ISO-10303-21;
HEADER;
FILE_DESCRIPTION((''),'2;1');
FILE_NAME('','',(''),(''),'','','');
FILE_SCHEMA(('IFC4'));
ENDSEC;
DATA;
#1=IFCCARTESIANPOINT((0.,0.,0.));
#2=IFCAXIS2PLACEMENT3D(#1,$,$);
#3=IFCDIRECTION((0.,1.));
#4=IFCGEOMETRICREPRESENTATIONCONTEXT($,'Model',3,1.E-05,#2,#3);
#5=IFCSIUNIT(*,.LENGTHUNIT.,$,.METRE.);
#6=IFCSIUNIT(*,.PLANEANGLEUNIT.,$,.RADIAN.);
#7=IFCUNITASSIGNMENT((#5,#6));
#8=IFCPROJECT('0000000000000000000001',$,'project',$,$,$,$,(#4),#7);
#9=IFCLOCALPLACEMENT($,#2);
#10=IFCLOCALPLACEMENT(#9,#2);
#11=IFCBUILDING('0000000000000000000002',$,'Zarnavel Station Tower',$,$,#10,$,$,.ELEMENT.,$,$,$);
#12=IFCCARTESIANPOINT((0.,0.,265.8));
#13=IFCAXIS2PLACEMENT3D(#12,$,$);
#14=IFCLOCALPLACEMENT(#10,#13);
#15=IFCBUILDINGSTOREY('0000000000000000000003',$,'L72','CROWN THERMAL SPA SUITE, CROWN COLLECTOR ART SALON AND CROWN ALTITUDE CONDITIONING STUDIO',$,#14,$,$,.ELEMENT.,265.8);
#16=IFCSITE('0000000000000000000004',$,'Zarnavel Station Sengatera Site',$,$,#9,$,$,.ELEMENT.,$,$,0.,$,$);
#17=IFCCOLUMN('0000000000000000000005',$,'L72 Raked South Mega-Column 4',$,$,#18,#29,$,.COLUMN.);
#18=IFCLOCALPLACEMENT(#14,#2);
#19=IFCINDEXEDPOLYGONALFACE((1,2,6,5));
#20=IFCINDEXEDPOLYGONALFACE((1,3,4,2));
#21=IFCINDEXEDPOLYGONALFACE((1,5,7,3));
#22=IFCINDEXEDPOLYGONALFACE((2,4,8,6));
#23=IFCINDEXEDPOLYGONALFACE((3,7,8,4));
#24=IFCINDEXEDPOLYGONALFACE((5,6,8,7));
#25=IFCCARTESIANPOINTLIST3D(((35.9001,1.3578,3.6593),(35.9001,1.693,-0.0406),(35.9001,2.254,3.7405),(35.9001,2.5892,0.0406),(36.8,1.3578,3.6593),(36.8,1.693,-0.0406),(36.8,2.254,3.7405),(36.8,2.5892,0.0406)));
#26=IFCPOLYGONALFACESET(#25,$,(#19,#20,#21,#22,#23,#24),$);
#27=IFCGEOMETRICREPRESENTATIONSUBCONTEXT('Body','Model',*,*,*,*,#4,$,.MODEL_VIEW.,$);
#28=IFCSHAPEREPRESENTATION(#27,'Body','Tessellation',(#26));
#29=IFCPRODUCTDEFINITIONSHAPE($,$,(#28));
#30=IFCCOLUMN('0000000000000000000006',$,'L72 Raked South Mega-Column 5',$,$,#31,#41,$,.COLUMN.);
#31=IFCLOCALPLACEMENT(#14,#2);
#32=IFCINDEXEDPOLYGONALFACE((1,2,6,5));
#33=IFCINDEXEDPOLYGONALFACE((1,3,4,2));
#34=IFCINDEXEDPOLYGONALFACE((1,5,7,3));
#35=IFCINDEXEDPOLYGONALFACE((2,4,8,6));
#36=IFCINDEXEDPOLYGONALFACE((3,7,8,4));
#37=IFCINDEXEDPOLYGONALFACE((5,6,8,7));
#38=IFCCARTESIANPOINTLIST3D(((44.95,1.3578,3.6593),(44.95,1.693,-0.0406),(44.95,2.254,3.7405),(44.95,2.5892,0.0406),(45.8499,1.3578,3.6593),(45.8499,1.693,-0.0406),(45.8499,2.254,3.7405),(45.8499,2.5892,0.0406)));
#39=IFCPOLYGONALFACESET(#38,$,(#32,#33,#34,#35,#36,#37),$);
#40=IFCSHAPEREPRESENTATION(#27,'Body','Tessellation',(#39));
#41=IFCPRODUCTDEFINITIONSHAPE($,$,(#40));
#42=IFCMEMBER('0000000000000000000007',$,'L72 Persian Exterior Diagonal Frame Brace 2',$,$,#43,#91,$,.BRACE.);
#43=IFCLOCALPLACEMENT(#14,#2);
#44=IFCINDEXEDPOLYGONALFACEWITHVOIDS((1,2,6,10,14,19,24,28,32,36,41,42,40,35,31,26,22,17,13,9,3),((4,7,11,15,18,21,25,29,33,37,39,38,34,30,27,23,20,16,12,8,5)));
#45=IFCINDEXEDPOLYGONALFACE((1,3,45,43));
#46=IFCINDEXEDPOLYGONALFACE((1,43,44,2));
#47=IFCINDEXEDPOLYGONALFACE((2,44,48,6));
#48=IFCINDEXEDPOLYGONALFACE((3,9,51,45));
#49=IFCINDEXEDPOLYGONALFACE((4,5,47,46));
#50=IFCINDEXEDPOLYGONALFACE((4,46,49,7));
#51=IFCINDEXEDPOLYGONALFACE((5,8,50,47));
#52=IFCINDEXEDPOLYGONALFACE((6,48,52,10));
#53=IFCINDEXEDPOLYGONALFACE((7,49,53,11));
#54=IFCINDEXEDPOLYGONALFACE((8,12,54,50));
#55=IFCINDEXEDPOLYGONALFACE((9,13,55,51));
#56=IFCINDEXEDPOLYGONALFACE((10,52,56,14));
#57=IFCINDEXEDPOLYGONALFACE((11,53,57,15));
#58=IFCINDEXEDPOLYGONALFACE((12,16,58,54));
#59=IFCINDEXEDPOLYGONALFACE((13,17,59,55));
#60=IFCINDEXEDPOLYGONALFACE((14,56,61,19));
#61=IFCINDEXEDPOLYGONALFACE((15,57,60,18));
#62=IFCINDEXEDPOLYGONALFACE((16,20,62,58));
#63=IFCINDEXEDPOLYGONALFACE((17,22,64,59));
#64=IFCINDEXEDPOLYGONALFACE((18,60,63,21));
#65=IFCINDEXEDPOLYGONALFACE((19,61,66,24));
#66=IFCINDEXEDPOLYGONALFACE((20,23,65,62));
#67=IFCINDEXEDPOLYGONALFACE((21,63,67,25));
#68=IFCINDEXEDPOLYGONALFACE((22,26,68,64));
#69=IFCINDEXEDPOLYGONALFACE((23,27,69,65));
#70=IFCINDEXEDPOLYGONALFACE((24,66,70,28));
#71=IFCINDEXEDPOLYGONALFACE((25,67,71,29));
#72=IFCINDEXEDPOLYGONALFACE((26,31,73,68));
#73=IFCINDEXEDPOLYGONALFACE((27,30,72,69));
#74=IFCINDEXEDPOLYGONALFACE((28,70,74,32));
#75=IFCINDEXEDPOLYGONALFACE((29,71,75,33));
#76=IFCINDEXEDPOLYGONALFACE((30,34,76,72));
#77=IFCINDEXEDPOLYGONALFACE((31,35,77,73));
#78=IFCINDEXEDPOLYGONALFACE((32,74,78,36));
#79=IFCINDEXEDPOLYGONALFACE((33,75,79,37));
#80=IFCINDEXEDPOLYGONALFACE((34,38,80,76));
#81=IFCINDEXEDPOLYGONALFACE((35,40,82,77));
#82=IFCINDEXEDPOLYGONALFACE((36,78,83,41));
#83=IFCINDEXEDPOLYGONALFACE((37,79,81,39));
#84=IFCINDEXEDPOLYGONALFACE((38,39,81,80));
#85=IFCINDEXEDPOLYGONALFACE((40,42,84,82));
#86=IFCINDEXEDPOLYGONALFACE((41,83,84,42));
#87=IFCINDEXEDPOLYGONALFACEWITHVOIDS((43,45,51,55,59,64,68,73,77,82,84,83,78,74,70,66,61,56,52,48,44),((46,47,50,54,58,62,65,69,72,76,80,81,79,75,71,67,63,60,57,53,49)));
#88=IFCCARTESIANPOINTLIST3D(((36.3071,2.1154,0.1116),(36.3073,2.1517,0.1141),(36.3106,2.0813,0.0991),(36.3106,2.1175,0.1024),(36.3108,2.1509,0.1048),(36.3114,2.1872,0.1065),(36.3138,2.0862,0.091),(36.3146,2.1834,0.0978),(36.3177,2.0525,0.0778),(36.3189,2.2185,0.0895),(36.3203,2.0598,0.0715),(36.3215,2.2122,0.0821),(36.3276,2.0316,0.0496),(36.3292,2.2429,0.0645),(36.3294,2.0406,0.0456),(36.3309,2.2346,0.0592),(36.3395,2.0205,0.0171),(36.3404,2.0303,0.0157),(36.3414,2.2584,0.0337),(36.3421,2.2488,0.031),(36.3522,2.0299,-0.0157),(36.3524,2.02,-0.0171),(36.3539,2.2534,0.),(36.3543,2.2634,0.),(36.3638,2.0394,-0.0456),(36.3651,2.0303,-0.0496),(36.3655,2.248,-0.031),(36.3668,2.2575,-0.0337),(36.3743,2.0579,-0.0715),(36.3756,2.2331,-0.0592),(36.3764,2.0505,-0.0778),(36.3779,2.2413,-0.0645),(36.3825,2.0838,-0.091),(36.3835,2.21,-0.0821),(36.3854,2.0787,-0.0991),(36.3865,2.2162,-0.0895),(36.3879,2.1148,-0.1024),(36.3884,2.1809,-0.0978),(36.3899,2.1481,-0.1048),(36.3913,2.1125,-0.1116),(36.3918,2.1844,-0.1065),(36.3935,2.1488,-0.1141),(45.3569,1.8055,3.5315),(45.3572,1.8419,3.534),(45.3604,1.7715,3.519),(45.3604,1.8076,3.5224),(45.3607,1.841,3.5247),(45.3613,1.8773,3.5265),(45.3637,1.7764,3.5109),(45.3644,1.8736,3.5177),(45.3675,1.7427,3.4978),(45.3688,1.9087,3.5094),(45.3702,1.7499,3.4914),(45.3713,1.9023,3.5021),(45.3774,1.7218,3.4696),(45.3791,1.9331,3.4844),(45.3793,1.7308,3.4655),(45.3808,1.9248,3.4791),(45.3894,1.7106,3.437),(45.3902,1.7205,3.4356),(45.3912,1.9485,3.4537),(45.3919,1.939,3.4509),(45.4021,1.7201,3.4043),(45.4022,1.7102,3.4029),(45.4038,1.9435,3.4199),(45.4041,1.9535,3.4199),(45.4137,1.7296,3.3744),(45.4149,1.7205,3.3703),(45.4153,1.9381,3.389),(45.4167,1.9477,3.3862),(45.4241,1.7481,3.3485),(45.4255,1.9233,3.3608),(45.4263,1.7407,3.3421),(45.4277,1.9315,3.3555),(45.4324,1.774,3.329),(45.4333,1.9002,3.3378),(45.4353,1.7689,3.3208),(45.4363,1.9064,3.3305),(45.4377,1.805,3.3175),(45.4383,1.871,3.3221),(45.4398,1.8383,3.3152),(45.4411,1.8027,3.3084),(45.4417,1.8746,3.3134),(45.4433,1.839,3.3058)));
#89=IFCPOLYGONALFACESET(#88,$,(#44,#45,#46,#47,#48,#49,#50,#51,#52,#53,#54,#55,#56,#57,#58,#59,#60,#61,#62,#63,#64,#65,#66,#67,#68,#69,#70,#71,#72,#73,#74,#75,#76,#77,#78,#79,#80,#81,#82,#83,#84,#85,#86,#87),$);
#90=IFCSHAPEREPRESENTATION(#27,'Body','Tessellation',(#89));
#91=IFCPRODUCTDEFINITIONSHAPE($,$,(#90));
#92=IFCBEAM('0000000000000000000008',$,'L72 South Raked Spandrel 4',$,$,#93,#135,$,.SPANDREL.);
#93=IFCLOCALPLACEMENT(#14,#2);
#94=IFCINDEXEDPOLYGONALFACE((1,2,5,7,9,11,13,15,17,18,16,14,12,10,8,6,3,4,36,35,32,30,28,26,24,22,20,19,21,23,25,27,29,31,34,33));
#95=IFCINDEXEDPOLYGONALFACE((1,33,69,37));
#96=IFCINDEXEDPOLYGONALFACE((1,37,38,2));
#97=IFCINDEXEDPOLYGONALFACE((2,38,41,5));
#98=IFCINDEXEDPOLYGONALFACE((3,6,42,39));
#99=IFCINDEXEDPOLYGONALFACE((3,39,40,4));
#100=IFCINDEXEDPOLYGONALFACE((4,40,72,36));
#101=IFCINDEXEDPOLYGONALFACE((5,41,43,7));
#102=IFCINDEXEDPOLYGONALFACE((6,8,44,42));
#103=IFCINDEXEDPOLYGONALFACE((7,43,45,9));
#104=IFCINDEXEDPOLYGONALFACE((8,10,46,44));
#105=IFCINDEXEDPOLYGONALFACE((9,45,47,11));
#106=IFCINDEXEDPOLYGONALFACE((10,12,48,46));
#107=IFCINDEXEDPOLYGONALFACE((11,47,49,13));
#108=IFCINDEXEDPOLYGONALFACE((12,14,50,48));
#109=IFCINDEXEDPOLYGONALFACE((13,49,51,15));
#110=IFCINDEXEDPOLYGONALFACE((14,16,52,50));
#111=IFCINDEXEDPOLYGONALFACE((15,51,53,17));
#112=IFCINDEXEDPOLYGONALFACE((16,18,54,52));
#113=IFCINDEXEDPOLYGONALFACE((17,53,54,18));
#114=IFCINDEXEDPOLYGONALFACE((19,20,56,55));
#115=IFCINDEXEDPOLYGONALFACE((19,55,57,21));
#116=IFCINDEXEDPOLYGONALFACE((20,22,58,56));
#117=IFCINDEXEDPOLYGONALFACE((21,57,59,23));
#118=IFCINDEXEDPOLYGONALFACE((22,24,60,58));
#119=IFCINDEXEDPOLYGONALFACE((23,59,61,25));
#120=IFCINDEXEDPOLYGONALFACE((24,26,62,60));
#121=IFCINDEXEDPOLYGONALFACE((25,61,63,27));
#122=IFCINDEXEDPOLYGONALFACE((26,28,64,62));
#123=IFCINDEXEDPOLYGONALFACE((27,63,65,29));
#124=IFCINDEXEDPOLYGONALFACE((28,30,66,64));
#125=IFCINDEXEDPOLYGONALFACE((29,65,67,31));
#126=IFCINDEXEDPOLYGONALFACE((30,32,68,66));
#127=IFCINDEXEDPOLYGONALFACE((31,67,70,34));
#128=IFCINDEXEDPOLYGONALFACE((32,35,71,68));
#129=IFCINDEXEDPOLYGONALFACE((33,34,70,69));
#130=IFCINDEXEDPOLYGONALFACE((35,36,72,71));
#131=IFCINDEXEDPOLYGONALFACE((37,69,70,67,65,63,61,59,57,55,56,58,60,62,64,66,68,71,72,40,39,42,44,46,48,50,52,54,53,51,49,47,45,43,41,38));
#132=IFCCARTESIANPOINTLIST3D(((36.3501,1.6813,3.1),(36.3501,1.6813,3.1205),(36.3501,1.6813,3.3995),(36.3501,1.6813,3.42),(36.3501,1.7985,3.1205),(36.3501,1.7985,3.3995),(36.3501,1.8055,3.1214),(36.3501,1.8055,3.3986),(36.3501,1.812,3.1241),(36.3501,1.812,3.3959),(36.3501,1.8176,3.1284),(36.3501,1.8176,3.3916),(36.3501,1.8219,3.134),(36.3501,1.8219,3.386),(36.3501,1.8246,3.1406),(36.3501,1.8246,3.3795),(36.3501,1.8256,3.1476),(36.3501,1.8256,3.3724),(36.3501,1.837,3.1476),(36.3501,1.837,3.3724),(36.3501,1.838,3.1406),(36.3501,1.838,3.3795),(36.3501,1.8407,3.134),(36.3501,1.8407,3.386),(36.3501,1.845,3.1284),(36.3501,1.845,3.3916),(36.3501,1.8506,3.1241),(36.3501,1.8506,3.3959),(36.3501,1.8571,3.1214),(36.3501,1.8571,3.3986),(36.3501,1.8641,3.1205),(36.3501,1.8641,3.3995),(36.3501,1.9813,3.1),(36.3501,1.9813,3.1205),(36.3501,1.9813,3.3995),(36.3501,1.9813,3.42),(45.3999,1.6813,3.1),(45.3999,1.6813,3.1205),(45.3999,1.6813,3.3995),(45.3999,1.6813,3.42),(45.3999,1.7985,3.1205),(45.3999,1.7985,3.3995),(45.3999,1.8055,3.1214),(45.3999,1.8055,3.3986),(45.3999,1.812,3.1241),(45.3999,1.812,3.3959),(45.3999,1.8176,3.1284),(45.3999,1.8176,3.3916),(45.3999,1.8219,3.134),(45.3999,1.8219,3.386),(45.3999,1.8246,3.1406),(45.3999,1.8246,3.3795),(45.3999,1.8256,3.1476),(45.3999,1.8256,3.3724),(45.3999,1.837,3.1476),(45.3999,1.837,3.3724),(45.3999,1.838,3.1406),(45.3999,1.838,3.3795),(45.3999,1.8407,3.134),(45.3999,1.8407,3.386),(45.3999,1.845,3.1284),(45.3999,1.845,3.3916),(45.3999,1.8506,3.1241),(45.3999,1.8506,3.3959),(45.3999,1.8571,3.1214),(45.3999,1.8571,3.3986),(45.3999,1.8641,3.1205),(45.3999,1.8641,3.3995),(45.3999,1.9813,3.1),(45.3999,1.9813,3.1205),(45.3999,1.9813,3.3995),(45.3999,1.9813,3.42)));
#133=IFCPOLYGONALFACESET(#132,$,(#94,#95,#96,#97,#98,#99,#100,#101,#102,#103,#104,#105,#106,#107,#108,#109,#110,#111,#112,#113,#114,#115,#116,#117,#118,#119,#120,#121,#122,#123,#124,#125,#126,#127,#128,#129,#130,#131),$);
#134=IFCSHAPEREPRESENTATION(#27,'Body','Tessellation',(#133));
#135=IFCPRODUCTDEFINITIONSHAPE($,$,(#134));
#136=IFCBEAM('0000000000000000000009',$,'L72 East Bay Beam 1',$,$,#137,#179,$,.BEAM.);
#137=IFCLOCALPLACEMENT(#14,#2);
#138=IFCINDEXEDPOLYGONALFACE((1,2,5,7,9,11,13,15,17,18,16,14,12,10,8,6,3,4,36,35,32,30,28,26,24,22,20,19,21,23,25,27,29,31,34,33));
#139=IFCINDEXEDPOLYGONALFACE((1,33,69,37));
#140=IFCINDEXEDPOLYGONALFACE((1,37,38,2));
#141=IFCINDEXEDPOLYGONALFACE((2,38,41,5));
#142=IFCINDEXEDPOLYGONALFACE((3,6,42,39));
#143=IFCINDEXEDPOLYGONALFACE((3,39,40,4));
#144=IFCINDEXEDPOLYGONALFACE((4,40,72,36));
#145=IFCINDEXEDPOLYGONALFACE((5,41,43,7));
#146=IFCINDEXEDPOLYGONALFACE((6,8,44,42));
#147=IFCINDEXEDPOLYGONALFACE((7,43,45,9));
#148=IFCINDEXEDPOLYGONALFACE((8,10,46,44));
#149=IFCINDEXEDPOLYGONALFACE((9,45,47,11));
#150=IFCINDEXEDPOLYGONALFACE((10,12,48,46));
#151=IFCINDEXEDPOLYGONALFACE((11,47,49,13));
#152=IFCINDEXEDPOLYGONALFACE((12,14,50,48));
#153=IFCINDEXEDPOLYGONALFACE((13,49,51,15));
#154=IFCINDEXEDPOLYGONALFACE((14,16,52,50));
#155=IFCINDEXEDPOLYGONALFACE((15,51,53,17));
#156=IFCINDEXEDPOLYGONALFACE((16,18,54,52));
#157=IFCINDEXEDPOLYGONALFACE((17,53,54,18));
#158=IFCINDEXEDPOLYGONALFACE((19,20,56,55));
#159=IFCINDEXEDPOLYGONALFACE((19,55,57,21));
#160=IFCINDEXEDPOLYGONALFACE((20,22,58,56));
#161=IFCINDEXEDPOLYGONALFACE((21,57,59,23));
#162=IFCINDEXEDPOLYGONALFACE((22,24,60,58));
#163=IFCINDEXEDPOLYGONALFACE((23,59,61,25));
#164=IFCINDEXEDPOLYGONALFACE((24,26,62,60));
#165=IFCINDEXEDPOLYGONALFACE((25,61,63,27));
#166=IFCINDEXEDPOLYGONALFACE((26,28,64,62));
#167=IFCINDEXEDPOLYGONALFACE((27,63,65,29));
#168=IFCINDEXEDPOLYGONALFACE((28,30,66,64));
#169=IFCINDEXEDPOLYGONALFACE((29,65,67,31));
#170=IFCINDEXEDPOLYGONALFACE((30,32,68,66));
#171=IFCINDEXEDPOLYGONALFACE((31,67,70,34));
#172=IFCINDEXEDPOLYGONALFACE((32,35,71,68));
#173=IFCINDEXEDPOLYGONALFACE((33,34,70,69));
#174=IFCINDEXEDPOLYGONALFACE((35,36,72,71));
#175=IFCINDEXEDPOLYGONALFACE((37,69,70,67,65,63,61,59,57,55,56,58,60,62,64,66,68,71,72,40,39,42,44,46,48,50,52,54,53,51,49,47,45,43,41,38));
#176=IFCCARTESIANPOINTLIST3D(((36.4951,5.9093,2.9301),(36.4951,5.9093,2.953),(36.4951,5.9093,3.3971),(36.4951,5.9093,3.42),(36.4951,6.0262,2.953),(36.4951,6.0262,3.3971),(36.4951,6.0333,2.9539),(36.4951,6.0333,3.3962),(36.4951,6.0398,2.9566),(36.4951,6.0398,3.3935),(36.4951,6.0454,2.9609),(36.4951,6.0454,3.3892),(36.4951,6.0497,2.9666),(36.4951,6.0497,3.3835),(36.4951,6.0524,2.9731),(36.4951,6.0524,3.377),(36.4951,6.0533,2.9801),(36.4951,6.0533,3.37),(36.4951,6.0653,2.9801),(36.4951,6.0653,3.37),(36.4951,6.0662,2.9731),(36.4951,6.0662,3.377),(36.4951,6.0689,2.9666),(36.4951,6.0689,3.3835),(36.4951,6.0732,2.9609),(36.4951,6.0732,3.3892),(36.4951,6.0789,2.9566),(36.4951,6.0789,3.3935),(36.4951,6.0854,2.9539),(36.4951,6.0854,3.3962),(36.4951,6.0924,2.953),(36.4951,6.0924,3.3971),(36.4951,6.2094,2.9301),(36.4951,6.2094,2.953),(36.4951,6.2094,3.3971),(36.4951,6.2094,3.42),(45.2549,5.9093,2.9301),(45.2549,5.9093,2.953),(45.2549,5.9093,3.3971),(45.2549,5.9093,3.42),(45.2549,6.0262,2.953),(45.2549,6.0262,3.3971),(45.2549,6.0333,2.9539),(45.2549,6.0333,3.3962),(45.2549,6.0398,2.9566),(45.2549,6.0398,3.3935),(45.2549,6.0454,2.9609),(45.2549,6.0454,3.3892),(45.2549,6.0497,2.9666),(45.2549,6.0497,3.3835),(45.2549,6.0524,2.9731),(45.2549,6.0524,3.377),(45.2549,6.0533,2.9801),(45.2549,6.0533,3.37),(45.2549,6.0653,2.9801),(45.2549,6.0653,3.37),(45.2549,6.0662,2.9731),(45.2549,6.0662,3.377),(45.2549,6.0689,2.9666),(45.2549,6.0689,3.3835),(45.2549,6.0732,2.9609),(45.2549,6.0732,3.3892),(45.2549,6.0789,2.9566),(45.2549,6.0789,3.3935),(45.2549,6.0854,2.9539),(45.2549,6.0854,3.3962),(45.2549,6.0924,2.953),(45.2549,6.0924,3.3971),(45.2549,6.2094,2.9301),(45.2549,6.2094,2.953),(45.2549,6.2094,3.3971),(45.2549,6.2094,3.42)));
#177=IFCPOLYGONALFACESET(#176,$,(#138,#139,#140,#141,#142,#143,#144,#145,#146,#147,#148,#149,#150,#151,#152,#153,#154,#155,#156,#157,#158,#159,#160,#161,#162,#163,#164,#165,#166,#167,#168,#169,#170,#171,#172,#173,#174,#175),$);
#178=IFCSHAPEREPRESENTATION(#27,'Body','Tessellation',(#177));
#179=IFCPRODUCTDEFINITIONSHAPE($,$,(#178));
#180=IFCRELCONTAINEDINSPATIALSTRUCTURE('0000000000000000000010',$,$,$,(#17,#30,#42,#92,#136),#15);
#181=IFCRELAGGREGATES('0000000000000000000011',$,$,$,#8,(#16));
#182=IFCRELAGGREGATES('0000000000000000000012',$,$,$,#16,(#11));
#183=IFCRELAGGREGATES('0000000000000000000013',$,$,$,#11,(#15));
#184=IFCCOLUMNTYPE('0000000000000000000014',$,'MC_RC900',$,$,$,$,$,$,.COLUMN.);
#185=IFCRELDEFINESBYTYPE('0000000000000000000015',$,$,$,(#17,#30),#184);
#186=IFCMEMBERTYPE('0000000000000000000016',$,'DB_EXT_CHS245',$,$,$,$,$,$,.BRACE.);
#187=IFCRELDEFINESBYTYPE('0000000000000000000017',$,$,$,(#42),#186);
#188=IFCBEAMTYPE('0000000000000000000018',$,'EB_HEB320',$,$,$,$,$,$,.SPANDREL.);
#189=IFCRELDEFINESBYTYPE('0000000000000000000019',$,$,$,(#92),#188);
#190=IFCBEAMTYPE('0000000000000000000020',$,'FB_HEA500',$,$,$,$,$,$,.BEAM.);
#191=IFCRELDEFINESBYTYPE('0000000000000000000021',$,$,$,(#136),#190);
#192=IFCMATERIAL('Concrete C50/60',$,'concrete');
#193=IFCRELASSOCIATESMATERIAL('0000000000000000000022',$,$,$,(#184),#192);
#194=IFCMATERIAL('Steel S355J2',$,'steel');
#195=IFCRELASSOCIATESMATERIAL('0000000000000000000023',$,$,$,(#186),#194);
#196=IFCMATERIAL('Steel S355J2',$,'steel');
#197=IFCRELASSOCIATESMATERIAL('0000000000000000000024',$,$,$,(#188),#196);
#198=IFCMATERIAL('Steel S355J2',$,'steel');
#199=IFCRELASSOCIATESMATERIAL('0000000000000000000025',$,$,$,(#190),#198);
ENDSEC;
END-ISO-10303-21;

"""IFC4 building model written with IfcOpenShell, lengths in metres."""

from ifc_helpers import new_model, si_unit, direction, frame, origin, origin_2d, place, context, subcontext, project, spatial, rectangle, hollow_circle, i_section, extrude, material, material_profile, profile_set, type_object, element, save


model = new_model("IFC4")

# Units and contexts
model_context = context("Model", 3, precision=1e-05, world=origin(), true_north=direction((0.0, 1.0)))
body_context = subcontext(model_context, "Body", "Model", "MODEL_VIEW")
ifc_project = project(units=[si_unit("LENGTHUNIT", "METRE"), si_unit("PLANEANGLEUNIT", "RADIAN")], contexts=[model_context])

# Site, building, storey
site_placement = place(None, origin())
site = spatial("IfcSite", under=ifc_project, at=site_placement, Name="Zarnavel Station Sengatera Site", CompositionType="ELEMENT", RefElevation=0.0)
building_placement = place(site_placement, origin())
building = spatial("IfcBuilding", under=site, at=building_placement, Name="Zarnavel Station Tower", CompositionType="ELEMENT")
storey_placement = place(building_placement, frame((0.0, 0.0, 265.8)))
storey = spatial("IfcBuildingStorey", under=building, at=storey_placement, Name="L72", Description="CROWN THERMAL SPA SUITE, CROWN COLLECTOR ART SALON AND CROWN ALTITUDE CONDITIONING STUDIO", CompositionType="ELEMENT", Elevation=265.8)

# Columns
ifc_material_1 = material(Name="Concrete C50/60", Category="concrete")
ifc_material_profile_1 = material_profile(ifc_material_1, rectangle(XDim=0.8999, YDim=0.8999, at=origin_2d()), Name="RC900x900")
ifc_profile_set_1 = profile_set([ifc_material_profile_1], Name="Concrete C50/60")
column_type = type_object("IfcColumnType", Name="MC_RC900", PredefinedType="COLUMN", material=ifc_profile_set_1)
for number, where, z_axis, x_axis, name in (
    (1, (36.3501, 2.1411, 0.0), (0.0, -0.090228, 0.995921), (1.0, 0.0, 0.0), "L72 Raked South Mega-Column 4"),
    (2, (45.3999, 2.1411, 0.0), (0.0, -0.090228, 0.995921), (1.0, 0.0, 0.0), "L72 Raked South Mega-Column 5"),
):
    element("IfcColumn", number, at=place(storey_placement, frame(where, z_axis=z_axis, x_axis=x_axis)), inside=storey, type_object=column_type, Name=name, PredefinedType="COLUMN", context=body_context, shape_type="SweptSolid", body=[
        extrude(rectangle(XDim=0.8999, YDim=0.8999, at=origin_2d()), origin(), (0.0, 0.0, 1.0), 3.7151),
    ])

# Member
ifc_material_2 = material(Name="Steel S355J2", Category="steel")
ifc_material_profile_2 = material_profile(ifc_material_2, hollow_circle(Radius=0.1223, WallThickness=0.01, at=origin_2d()), Name="CHS244.5x10")
ifc_profile_set_2 = profile_set([ifc_material_profile_2], Name="Steel S355J2")
member_type = type_object("IfcMemberType", Name="DB_EXT_CHS245", PredefinedType="BRACE", material=ifc_profile_set_2)
member_placement = place(storey_placement, frame((36.3501, 2.1411, 0.0), z_axis=(0.934955, -0.032008, 0.35332), x_axis=(0.034214, 0.999415, 0.0)))
element("IfcMember", 3, at=member_placement, inside=storey, type_object=member_type, Name="L72 Persian Exterior Diagonal Frame Brace 2", PredefinedType="BRACE", context=body_context, shape_type="SweptSolid", body=[
    extrude(hollow_circle(Radius=0.1223, WallThickness=0.01, at=origin_2d()), origin(), (0.0, 0.0, 1.0), 9.6794),
])

# Beams
ifc_material_3 = material(Name="Steel S355J2", Category="steel")
ifc_material_profile_3 = material_profile(ifc_material_3, i_section(OverallWidth=0.3, OverallDepth=0.3201, WebThickness=0.0115, FlangeThickness=0.0205, FilletRadius=0.0271, at=origin_2d()), Name="HEB320")
ifc_profile_set_3 = profile_set([ifc_material_profile_3], Name="Steel S355J2")
beam_type_1 = type_object("IfcBeamType", Name="EB_HEB320", PredefinedType="SPANDREL", material=ifc_profile_set_3)
beam_1_placement = place(storey_placement, frame((36.3501, 1.8313, 3.26), z_axis=(1.0, 0.0, 0.0), x_axis=(0.0, 1.0, 0.0)))
element("IfcBeam", 4, at=beam_1_placement, inside=storey, type_object=beam_type_1, Name="L72 South Raked Spandrel 4", PredefinedType="SPANDREL", context=body_context, shape_type="SweptSolid", body=[
    extrude(i_section(OverallWidth=0.3, OverallDepth=0.3201, WebThickness=0.0115, FlangeThickness=0.0205, FilletRadius=0.0271, at=origin_2d()), origin(), (0.0, 0.0, 1.0), 9.0498),
])
ifc_material_4 = material(Name="Steel S355J2", Category="steel")
ifc_material_profile_4 = material_profile(ifc_material_4, i_section(OverallWidth=0.3, OverallDepth=0.49, WebThickness=0.012, FlangeThickness=0.0229, FilletRadius=0.0271, at=origin_2d()), Name="HEA500")
ifc_profile_set_4 = profile_set([ifc_material_profile_4], Name="Steel S355J2")
beam_type_2 = type_object("IfcBeamType", Name="FB_HEA500", PredefinedType="BEAM", material=ifc_profile_set_4)
beam_2_placement = place(storey_placement, frame((36.4951, 6.0593, 3.175), z_axis=(1.0, 0.0, 0.0), x_axis=(0.0, 1.0, 0.0)))
element("IfcBeam", 5, at=beam_2_placement, inside=storey, type_object=beam_type_2, Name="L72 East Bay Beam 1", PredefinedType="BEAM", context=body_context, shape_type="SweptSolid", body=[
    extrude(i_section(OverallWidth=0.3, OverallDepth=0.49, WebThickness=0.012, FlangeThickness=0.0229, FilletRadius=0.0271, at=origin_2d()), origin(), (0.0, 0.0, 1.0), 8.7598),
])

save(model, "model.ifc")
